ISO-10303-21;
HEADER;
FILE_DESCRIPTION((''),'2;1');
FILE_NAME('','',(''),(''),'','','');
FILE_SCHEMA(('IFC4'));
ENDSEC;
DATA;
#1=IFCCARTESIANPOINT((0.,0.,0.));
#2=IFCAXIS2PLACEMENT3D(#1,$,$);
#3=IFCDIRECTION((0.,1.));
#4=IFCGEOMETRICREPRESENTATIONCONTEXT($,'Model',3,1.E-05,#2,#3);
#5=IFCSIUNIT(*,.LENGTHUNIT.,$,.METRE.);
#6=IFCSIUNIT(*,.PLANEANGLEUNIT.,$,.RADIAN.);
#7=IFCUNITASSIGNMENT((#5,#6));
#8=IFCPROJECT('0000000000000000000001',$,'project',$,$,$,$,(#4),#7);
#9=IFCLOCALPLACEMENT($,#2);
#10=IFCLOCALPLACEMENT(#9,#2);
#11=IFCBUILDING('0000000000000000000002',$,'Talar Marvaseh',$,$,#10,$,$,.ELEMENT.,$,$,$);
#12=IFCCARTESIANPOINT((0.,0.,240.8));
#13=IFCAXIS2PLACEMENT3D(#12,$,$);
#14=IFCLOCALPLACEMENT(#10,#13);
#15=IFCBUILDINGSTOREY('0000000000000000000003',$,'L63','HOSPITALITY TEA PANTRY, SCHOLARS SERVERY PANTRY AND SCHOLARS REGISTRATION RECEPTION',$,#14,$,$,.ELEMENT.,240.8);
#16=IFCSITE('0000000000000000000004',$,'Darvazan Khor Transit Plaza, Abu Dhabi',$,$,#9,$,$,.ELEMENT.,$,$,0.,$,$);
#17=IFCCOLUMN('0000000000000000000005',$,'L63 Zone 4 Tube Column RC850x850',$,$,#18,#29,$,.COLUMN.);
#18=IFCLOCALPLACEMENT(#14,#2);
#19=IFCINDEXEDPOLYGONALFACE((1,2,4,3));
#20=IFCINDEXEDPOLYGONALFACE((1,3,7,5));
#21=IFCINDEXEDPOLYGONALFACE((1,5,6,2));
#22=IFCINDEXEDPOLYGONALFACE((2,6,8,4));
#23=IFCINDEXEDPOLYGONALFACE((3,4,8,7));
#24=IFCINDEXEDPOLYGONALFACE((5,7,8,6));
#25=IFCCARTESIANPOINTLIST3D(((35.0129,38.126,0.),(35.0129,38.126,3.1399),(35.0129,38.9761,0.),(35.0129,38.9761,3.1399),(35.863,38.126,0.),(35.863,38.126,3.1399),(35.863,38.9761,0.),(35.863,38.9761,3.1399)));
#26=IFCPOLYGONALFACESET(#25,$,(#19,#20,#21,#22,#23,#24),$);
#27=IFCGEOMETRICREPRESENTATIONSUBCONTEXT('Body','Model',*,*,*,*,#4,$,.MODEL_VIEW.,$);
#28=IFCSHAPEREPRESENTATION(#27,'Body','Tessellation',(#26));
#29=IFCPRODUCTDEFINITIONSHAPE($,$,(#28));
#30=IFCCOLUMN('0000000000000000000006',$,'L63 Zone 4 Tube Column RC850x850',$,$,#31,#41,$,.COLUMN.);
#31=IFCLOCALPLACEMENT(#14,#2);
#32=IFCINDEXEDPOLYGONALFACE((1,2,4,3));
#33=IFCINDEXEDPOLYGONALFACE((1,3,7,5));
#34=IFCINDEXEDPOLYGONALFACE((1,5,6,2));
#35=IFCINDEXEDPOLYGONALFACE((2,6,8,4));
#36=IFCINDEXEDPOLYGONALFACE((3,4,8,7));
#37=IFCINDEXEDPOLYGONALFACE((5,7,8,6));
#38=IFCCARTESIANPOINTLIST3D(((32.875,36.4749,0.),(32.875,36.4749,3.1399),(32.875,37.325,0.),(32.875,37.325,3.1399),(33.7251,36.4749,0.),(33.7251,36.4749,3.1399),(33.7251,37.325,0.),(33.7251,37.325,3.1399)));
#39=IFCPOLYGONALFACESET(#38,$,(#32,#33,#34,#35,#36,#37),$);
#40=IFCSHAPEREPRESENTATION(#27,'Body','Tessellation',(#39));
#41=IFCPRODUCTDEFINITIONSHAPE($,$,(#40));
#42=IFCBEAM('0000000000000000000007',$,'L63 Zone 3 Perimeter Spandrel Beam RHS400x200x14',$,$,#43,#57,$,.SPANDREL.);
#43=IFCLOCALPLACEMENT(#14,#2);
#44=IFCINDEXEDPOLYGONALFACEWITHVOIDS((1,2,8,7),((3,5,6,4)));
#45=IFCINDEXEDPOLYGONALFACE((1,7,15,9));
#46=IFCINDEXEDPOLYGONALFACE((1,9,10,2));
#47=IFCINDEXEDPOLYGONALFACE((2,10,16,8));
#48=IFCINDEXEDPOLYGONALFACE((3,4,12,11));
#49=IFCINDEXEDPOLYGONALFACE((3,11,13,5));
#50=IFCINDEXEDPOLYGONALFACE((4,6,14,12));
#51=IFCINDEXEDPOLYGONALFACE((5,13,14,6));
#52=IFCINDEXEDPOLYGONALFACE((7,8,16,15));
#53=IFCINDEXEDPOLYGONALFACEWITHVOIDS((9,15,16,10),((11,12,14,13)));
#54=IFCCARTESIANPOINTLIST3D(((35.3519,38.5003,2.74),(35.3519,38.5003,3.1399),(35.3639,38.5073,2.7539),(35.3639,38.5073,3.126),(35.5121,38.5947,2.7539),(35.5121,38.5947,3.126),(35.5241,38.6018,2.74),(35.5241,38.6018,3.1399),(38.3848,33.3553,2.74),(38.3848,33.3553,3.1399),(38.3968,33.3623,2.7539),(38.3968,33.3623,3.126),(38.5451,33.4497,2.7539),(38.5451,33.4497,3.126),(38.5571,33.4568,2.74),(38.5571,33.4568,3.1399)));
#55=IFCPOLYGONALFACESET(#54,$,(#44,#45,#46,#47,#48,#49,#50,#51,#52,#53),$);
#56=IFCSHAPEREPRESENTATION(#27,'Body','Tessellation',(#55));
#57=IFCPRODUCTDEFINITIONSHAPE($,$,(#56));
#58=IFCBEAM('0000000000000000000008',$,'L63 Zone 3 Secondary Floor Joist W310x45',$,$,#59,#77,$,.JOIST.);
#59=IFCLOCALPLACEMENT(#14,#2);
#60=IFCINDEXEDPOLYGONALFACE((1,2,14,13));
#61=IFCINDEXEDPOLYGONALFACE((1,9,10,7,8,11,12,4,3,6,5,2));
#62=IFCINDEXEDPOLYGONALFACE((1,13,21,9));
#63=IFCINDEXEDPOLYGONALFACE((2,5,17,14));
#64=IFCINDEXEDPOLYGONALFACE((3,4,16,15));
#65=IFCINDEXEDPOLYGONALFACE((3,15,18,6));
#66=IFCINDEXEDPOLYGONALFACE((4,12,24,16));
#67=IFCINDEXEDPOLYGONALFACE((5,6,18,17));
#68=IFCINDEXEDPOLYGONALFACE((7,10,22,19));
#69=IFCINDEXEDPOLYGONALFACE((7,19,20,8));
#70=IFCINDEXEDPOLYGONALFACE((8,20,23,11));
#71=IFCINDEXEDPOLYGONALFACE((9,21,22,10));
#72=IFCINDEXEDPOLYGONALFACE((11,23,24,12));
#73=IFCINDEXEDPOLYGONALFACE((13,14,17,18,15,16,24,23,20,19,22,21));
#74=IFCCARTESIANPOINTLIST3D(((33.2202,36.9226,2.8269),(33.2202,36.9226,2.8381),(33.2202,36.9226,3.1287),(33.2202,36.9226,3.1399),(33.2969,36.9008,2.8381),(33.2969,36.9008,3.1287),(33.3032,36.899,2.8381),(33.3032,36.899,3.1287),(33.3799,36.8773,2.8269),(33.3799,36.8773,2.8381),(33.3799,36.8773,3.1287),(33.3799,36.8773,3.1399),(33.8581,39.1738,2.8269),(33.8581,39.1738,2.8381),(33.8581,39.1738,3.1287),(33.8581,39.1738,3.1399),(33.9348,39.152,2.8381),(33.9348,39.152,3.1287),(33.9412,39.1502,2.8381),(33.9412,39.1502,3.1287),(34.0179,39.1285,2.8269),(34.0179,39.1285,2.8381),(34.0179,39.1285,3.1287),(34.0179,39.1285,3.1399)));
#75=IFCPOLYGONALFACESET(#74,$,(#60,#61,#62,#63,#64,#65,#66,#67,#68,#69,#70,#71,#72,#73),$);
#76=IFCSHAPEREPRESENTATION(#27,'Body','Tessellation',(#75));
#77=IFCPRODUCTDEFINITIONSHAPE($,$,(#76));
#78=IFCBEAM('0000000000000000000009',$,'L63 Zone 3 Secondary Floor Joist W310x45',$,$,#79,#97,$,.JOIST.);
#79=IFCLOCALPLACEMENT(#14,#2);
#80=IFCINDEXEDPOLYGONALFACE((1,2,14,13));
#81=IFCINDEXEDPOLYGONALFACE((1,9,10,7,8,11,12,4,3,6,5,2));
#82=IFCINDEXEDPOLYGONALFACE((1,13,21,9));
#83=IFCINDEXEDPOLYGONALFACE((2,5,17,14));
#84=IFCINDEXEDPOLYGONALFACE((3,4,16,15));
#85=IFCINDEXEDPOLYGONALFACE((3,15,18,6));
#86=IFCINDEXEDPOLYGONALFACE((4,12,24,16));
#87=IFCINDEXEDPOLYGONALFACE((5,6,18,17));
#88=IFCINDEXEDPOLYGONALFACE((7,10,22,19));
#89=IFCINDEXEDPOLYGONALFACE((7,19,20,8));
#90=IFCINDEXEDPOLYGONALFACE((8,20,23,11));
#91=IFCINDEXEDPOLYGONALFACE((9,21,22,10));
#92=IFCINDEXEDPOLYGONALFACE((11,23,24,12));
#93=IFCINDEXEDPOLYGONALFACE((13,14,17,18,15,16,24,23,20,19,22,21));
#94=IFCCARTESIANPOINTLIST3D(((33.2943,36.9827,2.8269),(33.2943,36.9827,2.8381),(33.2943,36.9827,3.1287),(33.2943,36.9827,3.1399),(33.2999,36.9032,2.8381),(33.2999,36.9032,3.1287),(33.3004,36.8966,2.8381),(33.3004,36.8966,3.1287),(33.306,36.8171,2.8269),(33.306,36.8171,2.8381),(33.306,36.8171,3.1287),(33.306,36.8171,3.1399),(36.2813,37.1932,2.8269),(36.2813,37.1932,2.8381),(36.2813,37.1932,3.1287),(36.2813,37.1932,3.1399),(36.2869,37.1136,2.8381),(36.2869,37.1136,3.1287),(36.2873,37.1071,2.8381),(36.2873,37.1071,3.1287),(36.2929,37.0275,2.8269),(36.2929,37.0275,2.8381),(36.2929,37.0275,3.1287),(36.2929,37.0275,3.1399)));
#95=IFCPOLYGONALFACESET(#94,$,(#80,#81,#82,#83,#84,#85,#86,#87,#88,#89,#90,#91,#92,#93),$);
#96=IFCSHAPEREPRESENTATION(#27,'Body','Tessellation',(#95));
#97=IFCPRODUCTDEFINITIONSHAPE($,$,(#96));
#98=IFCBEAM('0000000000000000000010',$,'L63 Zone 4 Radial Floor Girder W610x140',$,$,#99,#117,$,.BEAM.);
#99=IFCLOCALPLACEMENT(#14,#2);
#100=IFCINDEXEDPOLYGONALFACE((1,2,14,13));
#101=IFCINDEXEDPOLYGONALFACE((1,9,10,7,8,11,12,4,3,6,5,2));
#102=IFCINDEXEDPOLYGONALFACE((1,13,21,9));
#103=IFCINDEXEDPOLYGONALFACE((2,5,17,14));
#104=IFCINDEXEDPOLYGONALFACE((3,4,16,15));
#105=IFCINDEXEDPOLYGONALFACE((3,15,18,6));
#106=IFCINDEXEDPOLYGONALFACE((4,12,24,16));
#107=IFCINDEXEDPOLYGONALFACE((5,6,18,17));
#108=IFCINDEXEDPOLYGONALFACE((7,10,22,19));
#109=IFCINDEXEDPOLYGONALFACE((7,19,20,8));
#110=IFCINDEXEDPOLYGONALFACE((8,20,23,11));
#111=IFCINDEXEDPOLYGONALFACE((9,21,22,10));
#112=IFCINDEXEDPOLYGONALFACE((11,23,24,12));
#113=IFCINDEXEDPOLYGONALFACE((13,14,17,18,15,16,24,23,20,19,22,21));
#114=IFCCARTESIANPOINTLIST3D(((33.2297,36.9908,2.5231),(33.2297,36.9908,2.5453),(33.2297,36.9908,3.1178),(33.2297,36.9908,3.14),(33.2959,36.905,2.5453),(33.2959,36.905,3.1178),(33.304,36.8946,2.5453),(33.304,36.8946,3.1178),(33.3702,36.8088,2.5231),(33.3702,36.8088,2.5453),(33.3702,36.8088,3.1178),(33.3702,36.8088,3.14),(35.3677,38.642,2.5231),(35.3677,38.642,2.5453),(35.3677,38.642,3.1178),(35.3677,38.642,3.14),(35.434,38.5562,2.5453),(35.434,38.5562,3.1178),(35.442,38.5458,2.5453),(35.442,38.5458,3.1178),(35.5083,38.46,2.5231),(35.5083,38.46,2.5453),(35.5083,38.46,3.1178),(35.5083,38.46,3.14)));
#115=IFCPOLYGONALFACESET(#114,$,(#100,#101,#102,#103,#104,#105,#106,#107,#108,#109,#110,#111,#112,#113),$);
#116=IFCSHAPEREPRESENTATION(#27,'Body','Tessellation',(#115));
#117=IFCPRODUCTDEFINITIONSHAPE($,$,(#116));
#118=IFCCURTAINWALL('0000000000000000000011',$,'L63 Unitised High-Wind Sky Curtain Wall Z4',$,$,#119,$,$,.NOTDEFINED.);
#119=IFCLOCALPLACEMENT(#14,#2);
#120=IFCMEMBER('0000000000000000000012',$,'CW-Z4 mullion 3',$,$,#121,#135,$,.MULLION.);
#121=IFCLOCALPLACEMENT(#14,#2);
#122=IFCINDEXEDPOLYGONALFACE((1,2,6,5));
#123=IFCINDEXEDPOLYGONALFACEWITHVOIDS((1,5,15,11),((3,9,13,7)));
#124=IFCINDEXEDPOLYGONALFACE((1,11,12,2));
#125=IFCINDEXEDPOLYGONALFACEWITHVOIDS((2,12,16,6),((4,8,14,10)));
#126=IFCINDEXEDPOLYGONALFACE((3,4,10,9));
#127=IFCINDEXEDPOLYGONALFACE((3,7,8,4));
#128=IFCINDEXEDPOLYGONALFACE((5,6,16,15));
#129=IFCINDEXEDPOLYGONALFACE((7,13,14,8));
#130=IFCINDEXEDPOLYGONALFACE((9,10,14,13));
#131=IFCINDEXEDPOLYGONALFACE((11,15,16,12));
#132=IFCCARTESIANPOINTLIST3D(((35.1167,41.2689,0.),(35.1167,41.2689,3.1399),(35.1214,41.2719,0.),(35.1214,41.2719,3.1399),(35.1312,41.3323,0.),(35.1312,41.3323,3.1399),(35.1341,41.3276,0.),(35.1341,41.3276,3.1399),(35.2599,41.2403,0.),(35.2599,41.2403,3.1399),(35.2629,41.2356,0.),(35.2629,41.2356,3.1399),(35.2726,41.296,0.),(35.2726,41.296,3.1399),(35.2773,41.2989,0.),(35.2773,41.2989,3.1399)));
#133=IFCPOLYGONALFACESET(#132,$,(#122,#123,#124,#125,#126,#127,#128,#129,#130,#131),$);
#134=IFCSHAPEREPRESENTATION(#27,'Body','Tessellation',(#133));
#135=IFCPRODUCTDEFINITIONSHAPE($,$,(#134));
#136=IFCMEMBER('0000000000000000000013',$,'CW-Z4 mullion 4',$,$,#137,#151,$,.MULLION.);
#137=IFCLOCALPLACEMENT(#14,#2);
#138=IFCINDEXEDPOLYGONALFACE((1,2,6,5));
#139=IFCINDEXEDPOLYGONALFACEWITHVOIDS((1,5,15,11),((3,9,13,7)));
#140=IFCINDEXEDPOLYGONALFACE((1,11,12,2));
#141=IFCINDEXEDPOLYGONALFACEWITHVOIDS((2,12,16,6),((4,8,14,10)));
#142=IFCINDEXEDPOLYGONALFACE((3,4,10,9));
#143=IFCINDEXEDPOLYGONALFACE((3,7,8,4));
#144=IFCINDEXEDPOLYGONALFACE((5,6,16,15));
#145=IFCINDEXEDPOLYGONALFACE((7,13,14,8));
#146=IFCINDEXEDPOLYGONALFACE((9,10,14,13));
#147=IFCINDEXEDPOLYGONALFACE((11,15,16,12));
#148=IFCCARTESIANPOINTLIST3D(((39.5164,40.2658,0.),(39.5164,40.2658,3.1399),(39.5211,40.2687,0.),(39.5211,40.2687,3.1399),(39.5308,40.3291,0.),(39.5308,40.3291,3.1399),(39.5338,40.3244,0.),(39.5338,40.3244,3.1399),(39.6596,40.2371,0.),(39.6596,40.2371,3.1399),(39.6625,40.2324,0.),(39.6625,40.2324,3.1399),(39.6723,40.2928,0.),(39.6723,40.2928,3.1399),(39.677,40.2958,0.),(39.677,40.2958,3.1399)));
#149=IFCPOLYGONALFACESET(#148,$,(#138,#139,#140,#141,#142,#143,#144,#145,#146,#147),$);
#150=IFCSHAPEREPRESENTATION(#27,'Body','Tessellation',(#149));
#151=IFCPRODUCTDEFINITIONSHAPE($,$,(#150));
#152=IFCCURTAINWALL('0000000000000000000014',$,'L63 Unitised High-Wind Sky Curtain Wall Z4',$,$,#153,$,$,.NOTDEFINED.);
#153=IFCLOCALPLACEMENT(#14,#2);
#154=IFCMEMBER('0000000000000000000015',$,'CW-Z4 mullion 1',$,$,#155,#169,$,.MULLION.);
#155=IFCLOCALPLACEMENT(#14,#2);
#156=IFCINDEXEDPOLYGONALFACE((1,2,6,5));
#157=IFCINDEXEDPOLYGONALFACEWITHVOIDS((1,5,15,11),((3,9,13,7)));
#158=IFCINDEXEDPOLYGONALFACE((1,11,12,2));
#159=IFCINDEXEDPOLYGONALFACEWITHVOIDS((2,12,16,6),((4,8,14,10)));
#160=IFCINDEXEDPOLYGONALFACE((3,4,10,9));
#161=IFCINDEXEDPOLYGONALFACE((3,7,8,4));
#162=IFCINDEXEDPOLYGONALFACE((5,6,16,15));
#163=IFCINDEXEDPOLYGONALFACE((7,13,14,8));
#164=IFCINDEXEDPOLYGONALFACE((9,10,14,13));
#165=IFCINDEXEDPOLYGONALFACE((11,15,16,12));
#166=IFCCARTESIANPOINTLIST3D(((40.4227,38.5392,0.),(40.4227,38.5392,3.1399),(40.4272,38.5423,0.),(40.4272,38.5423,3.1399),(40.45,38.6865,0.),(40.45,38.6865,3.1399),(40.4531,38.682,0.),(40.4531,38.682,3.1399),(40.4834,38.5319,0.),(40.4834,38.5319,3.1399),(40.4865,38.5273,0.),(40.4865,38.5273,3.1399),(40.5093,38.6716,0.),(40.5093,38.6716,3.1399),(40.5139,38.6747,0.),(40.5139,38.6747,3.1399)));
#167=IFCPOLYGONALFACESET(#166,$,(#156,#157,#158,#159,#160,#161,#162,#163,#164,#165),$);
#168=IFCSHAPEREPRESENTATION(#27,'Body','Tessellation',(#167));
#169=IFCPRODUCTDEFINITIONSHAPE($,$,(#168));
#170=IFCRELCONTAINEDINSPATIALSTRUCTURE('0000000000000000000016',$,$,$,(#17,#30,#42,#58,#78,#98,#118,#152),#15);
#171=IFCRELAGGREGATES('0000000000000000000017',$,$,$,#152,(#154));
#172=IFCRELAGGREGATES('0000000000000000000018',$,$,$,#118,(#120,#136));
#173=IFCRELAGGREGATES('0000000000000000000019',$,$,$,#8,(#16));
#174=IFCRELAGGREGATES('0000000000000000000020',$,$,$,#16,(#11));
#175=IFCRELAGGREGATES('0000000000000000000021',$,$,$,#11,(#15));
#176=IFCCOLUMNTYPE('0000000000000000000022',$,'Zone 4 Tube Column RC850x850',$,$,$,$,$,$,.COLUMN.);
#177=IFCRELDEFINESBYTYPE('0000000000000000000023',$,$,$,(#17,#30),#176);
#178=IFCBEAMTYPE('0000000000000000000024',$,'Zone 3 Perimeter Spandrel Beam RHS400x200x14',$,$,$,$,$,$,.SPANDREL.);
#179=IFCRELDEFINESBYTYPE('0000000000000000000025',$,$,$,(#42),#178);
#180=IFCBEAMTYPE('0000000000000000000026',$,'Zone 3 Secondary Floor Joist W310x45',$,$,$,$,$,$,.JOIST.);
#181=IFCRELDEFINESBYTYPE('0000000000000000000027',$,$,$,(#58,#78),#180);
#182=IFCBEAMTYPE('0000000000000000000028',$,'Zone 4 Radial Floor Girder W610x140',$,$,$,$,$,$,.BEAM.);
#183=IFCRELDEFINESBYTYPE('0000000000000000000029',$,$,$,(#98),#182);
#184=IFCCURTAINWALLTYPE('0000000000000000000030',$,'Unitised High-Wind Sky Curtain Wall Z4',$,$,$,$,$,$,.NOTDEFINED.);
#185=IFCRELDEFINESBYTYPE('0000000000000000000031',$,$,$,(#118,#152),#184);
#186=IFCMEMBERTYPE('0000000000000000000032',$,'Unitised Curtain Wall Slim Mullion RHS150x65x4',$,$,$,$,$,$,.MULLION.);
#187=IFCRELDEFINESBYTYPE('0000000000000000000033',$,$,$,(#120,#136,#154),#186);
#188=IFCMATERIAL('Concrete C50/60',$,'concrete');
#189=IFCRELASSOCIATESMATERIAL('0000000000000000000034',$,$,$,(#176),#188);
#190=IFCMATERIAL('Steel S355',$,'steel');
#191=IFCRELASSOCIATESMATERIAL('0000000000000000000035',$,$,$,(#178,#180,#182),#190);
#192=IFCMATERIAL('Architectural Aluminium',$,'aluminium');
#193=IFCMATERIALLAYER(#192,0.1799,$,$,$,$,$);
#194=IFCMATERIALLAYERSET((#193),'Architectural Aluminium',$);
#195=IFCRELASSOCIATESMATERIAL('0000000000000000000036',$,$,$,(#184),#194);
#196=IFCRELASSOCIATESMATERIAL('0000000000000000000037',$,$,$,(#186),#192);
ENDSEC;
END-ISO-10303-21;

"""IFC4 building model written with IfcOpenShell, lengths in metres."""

from ifc_helpers import new_model, si_unit, direction, frame, origin, origin_2d, place, context, subcontext, project, spatial, rectangle, hollow_rectangle, i_section, extrude, source, transform, mapped, material, layer, layer_set, material_profile, profile_set, type_object, type_shapes, element, aggregate, save


model = new_model("IFC4")

# Units and contexts
model_context = context("Model", 3, precision=1e-05, world=origin(), true_north=direction((0.0, 1.0)))
body_context = subcontext(model_context, "Body", "Model", "MODEL_VIEW")
ifc_project = project(units=[si_unit("LENGTHUNIT", "METRE"), si_unit("PLANEANGLEUNIT", "RADIAN")], contexts=[model_context])

# Site, building, storey
site_placement = place(None, origin())
site = spatial("IfcSite", under=ifc_project, at=site_placement, Name="Darvazan Khor Transit Plaza, Abu Dhabi", CompositionType="ELEMENT", RefElevation=0.0)
building_placement = place(site_placement, origin())
building = spatial("IfcBuilding", under=site, at=building_placement, Name="Talar Marvaseh", CompositionType="ELEMENT")
storey_placement = place(building_placement, frame((0.0, 0.0, 240.8)))
storey = spatial("IfcBuildingStorey", under=building, at=storey_placement, Name="L63", Description="HOSPITALITY TEA PANTRY, SCHOLARS SERVERY PANTRY AND SCHOLARS REGISTRATION RECEPTION", CompositionType="ELEMENT", Elevation=240.8)

# Columns
ifc_material_1 = material(Name="Concrete C50/60", Category="concrete")
ifc_material_profile_1 = material_profile(ifc_material_1, rectangle(XDim=0.8501, YDim=0.8501, at=origin_2d()), Name="RC850x850")
ifc_profile_set_1 = profile_set([ifc_material_profile_1], Name="Concrete C50/60")
column_type = type_object("IfcColumnType", Name="Zone 4 Tube Column RC850x850", PredefinedType="COLUMN", material=ifc_profile_set_1)
for number, where, z_axis, x_axis, name in (
    (1, (35.438, 38.551, 0.0), (0.0, 0.0, 1.0), (1.0, 0.0, 0.0), "L63 Zone 4 Tube Column RC850x850"),
    (2, (33.3, 36.8999, 0.0), (0.0, 0.0, 1.0), (1.0, 0.0, 0.0), "L63 Zone 4 Tube Column RC850x850"),
):
    element("IfcColumn", number, at=place(storey_placement, frame(where, z_axis=z_axis, x_axis=x_axis)), inside=storey, type_object=column_type, Name=name, PredefinedType="COLUMN", context=body_context, shape_type="SweptSolid", body=[
        extrude(rectangle(XDim=0.8501, YDim=0.8501, at=origin_2d()), origin(), (0.0, 0.0, 1.0), 3.1399),
    ])

# Beams
ifc_material_2 = material(Name="Steel S355", Category="steel")
ifc_material_profile_2 = material_profile(ifc_material_2, hollow_rectangle(XDim=0.2, YDim=0.3999, WallThickness=0.0139, at=origin_2d()), Name="RHS400x200x14")
ifc_profile_set_2 = profile_set([ifc_material_profile_2], Name="Steel S355")
beam_type_1 = type_object("IfcBeamType", Name="Zone 3 Perimeter Spandrel Beam RHS400x200x14", PredefinedType="SPANDREL", material=ifc_profile_set_2)
beam_1_placement = place(storey_placement, frame((35.438, 38.551, 2.9399), z_axis=(0.507826, -0.86146, 0.0), x_axis=(0.86146, 0.507826, 0.0)))
element("IfcBeam", 3, at=beam_1_placement, inside=storey, type_object=beam_type_1, Name="L63 Zone 3 Perimeter Spandrel Beam RHS400x200x14", PredefinedType="SPANDREL", context=body_context, shape_type="SweptSolid", body=[
    extrude(hollow_rectangle(XDim=0.2, YDim=0.3999, WallThickness=0.0139, at=origin_2d()), origin(), (0.0, 0.0, 1.0), 5.9724),
])
ifc_material_profile_3 = material_profile(ifc_material_2, i_section(OverallWidth=0.166, OverallDepth=0.313, WebThickness=0.0066, FlangeThickness=0.0112, at=origin_2d()), Name="W310x45")
ifc_profile_set_3 = profile_set([ifc_material_profile_3], Name="Steel S355")
beam_type_2 = type_object("IfcBeamType", Name="Zone 3 Secondary Floor Joist W310x45", PredefinedType="JOIST", material=ifc_profile_set_3)
beam_2_placement = place(storey_placement, frame((33.938, 39.1511, 2.9834), z_axis=(-0.27264, -0.962116, 0.0), x_axis=(0.962116, -0.27264, 0.0)))
element("IfcBeam", 4, at=beam_2_placement, inside=storey, type_object=beam_type_2, Name="L63 Zone 3 Secondary Floor Joist W310x45", PredefinedType="JOIST", context=body_context, shape_type="SweptSolid", body=[
    extrude(i_section(OverallWidth=0.166, OverallDepth=0.313, WebThickness=0.0066, FlangeThickness=0.0112, at=origin_2d()), origin(), (0.0, 0.0, 1.0), 2.3398),
])
beam_3_placement = place(storey_placement, frame((36.2871, 37.1104, 2.9834), z_axis=(-0.997527, -0.070279, 0.0), x_axis=(0.070279, -0.997527, 0.0)))
element("IfcBeam", 5, at=beam_3_placement, inside=storey, type_object=beam_type_2, Name="L63 Zone 3 Secondary Floor Joist W310x45", PredefinedType="JOIST", context=body_context, shape_type="SweptSolid", body=[
    extrude(i_section(OverallWidth=0.166, OverallDepth=0.313, WebThickness=0.0066, FlangeThickness=0.0112, at=origin_2d()), origin(), (0.0, 0.0, 1.0), 2.9944),
])
ifc_material_profile_4 = material_profile(ifc_material_2, i_section(OverallWidth=0.23, OverallDepth=0.6169, WebThickness=0.0132, FlangeThickness=0.0222, at=origin_2d()), Name="W610x140")
ifc_profile_set_4 = profile_set([ifc_material_profile_4], Name="Steel S355")
beam_type_3 = type_object("IfcBeamType", Name="Zone 4 Radial Floor Girder W610x140", PredefinedType="BEAM", material=ifc_profile_set_4)
beam_4_placement = place(storey_placement, frame((35.438, 38.551, 2.8315), z_axis=(-0.79145, -0.611234, 0.0), x_axis=(0.611234, -0.79145, 0.0)))
element("IfcBeam", 6, at=beam_4_placement, inside=storey, type_object=beam_type_3, Name="L63 Zone 4 Radial Floor Girder W610x140", PredefinedType="BEAM", context=body_context, shape_type="SweptSolid", body=[
    extrude(i_section(OverallWidth=0.23, OverallDepth=0.6169, WebThickness=0.0132, FlangeThickness=0.0222, at=origin_2d()), origin(), (0.0, 0.0, 1.0), 2.7014),
])

# Curtain wall, members
ifc_material_3 = material(Name="Architectural Aluminium", Category="aluminium")
ifc_layer_1 = layer(ifc_material_3, 0.1799)
ifc_layer_set_1 = layer_set([ifc_layer_1], Name="Architectural Aluminium")
curtain_wall_type = type_object("IfcCurtainWallType", Name="Unitised High-Wind Sky Curtain Wall Z4", PredefinedType="NOTDEFINED", material=ifc_layer_set_1)
curtain_wall_1_placement = place(storey_placement, origin())
curtain_wall_1 = element("IfcCurtainWall", 7, at=curtain_wall_1_placement, inside=storey, type_object=curtain_wall_type, Name="L63 Unitised High-Wind Sky Curtain Wall Z4", PredefinedType="NOTDEFINED")
ifc_material_profile_5 = material_profile(ifc_material_3, hollow_rectangle(XDim=0.0649, YDim=0.1499, WallThickness=0.0039, at=origin_2d()), Name="RHS150x65x4")
ifc_profile_set_5 = profile_set([ifc_material_profile_5], Name="Architectural Aluminium")
member_type_1 = type_object("IfcMemberType", Name="Unitised Curtain Wall Slim Mullion RHS150x65x4", PredefinedType="MULLION", material=ifc_profile_set_5)
shared_shape_1 = source(origin(), body_context, "Body", "SweptSolid", [
    extrude(hollow_rectangle(XDim=0.0649, YDim=0.1499, WallThickness=0.0039, at=origin_2d()), origin(), (0.0, 0.0, 1.0), 3.1399),
])
type_shapes(member_type_1, [shared_shape_1])
member_1_placement = place(storey_placement, frame((35.197, 41.2839, 0.0), z_axis=(0.0, 0.0, 1.0), x_axis=(0.222336, 0.97497, 0.0)))
member_1 = element("IfcMember", 8, at=member_1_placement, type_object=member_type_1, Name="CW-Z4 mullion 3", PredefinedType="MULLION", context=body_context, shape_type="MappedRepresentation", body=[
    mapped(shared_shape_1, transform((0.0, 0.0, 0.0), x_axis=(1.0, 0.0, 0.0), y_axis=(0.0, 1.0, 0.0), z_axis=(0.0, 0.0, 1.0), scale=1.0)),
])
member_2_placement = place(storey_placement, frame((39.5967, 40.2808, 0.0), z_axis=(0.0, 0.0, 1.0), x_axis=(0.222336, 0.97497, 0.0)))
member_2 = element("IfcMember", 9, at=member_2_placement, type_object=member_type_1, Name="CW-Z4 mullion 4", PredefinedType="MULLION", context=body_context, shape_type="MappedRepresentation", body=[
    mapped(shared_shape_1, transform((0.0, 0.0, 0.0), x_axis=(1.0, 0.0, 0.0), y_axis=(0.0, 1.0, 0.0), z_axis=(0.0, 0.0, 1.0), scale=1.0)),
])

# Curtain wall, member
curtain_wall_2_placement = place(storey_placement, origin())
curtain_wall_2 = element("IfcCurtainWall", 10, at=curtain_wall_2_placement, inside=storey, type_object=curtain_wall_type, Name="L63 Unitised High-Wind Sky Curtain Wall Z4", PredefinedType="NOTDEFINED")
member_3_placement = place(storey_placement, frame((40.4683, 38.6069, 0.0), z_axis=(0.0, 0.0, 1.0), x_axis=(0.983227, -0.182386, 0.0)))
member_3 = element("IfcMember", 11, at=member_3_placement, type_object=member_type_1, Name="CW-Z4 mullion 1", PredefinedType="MULLION", context=body_context, shape_type="MappedRepresentation", body=[
    mapped(shared_shape_1, transform((0.0, 0.0, 0.0), x_axis=(1.0, 0.0, 0.0), y_axis=(0.0, 1.0, 0.0), z_axis=(0.0, 0.0, 1.0), scale=1.0)),
])

aggregate(curtain_wall_2, [member_3])

aggregate(curtain_wall_1, [member_1, member_2])

save(model, "model.ifc")
